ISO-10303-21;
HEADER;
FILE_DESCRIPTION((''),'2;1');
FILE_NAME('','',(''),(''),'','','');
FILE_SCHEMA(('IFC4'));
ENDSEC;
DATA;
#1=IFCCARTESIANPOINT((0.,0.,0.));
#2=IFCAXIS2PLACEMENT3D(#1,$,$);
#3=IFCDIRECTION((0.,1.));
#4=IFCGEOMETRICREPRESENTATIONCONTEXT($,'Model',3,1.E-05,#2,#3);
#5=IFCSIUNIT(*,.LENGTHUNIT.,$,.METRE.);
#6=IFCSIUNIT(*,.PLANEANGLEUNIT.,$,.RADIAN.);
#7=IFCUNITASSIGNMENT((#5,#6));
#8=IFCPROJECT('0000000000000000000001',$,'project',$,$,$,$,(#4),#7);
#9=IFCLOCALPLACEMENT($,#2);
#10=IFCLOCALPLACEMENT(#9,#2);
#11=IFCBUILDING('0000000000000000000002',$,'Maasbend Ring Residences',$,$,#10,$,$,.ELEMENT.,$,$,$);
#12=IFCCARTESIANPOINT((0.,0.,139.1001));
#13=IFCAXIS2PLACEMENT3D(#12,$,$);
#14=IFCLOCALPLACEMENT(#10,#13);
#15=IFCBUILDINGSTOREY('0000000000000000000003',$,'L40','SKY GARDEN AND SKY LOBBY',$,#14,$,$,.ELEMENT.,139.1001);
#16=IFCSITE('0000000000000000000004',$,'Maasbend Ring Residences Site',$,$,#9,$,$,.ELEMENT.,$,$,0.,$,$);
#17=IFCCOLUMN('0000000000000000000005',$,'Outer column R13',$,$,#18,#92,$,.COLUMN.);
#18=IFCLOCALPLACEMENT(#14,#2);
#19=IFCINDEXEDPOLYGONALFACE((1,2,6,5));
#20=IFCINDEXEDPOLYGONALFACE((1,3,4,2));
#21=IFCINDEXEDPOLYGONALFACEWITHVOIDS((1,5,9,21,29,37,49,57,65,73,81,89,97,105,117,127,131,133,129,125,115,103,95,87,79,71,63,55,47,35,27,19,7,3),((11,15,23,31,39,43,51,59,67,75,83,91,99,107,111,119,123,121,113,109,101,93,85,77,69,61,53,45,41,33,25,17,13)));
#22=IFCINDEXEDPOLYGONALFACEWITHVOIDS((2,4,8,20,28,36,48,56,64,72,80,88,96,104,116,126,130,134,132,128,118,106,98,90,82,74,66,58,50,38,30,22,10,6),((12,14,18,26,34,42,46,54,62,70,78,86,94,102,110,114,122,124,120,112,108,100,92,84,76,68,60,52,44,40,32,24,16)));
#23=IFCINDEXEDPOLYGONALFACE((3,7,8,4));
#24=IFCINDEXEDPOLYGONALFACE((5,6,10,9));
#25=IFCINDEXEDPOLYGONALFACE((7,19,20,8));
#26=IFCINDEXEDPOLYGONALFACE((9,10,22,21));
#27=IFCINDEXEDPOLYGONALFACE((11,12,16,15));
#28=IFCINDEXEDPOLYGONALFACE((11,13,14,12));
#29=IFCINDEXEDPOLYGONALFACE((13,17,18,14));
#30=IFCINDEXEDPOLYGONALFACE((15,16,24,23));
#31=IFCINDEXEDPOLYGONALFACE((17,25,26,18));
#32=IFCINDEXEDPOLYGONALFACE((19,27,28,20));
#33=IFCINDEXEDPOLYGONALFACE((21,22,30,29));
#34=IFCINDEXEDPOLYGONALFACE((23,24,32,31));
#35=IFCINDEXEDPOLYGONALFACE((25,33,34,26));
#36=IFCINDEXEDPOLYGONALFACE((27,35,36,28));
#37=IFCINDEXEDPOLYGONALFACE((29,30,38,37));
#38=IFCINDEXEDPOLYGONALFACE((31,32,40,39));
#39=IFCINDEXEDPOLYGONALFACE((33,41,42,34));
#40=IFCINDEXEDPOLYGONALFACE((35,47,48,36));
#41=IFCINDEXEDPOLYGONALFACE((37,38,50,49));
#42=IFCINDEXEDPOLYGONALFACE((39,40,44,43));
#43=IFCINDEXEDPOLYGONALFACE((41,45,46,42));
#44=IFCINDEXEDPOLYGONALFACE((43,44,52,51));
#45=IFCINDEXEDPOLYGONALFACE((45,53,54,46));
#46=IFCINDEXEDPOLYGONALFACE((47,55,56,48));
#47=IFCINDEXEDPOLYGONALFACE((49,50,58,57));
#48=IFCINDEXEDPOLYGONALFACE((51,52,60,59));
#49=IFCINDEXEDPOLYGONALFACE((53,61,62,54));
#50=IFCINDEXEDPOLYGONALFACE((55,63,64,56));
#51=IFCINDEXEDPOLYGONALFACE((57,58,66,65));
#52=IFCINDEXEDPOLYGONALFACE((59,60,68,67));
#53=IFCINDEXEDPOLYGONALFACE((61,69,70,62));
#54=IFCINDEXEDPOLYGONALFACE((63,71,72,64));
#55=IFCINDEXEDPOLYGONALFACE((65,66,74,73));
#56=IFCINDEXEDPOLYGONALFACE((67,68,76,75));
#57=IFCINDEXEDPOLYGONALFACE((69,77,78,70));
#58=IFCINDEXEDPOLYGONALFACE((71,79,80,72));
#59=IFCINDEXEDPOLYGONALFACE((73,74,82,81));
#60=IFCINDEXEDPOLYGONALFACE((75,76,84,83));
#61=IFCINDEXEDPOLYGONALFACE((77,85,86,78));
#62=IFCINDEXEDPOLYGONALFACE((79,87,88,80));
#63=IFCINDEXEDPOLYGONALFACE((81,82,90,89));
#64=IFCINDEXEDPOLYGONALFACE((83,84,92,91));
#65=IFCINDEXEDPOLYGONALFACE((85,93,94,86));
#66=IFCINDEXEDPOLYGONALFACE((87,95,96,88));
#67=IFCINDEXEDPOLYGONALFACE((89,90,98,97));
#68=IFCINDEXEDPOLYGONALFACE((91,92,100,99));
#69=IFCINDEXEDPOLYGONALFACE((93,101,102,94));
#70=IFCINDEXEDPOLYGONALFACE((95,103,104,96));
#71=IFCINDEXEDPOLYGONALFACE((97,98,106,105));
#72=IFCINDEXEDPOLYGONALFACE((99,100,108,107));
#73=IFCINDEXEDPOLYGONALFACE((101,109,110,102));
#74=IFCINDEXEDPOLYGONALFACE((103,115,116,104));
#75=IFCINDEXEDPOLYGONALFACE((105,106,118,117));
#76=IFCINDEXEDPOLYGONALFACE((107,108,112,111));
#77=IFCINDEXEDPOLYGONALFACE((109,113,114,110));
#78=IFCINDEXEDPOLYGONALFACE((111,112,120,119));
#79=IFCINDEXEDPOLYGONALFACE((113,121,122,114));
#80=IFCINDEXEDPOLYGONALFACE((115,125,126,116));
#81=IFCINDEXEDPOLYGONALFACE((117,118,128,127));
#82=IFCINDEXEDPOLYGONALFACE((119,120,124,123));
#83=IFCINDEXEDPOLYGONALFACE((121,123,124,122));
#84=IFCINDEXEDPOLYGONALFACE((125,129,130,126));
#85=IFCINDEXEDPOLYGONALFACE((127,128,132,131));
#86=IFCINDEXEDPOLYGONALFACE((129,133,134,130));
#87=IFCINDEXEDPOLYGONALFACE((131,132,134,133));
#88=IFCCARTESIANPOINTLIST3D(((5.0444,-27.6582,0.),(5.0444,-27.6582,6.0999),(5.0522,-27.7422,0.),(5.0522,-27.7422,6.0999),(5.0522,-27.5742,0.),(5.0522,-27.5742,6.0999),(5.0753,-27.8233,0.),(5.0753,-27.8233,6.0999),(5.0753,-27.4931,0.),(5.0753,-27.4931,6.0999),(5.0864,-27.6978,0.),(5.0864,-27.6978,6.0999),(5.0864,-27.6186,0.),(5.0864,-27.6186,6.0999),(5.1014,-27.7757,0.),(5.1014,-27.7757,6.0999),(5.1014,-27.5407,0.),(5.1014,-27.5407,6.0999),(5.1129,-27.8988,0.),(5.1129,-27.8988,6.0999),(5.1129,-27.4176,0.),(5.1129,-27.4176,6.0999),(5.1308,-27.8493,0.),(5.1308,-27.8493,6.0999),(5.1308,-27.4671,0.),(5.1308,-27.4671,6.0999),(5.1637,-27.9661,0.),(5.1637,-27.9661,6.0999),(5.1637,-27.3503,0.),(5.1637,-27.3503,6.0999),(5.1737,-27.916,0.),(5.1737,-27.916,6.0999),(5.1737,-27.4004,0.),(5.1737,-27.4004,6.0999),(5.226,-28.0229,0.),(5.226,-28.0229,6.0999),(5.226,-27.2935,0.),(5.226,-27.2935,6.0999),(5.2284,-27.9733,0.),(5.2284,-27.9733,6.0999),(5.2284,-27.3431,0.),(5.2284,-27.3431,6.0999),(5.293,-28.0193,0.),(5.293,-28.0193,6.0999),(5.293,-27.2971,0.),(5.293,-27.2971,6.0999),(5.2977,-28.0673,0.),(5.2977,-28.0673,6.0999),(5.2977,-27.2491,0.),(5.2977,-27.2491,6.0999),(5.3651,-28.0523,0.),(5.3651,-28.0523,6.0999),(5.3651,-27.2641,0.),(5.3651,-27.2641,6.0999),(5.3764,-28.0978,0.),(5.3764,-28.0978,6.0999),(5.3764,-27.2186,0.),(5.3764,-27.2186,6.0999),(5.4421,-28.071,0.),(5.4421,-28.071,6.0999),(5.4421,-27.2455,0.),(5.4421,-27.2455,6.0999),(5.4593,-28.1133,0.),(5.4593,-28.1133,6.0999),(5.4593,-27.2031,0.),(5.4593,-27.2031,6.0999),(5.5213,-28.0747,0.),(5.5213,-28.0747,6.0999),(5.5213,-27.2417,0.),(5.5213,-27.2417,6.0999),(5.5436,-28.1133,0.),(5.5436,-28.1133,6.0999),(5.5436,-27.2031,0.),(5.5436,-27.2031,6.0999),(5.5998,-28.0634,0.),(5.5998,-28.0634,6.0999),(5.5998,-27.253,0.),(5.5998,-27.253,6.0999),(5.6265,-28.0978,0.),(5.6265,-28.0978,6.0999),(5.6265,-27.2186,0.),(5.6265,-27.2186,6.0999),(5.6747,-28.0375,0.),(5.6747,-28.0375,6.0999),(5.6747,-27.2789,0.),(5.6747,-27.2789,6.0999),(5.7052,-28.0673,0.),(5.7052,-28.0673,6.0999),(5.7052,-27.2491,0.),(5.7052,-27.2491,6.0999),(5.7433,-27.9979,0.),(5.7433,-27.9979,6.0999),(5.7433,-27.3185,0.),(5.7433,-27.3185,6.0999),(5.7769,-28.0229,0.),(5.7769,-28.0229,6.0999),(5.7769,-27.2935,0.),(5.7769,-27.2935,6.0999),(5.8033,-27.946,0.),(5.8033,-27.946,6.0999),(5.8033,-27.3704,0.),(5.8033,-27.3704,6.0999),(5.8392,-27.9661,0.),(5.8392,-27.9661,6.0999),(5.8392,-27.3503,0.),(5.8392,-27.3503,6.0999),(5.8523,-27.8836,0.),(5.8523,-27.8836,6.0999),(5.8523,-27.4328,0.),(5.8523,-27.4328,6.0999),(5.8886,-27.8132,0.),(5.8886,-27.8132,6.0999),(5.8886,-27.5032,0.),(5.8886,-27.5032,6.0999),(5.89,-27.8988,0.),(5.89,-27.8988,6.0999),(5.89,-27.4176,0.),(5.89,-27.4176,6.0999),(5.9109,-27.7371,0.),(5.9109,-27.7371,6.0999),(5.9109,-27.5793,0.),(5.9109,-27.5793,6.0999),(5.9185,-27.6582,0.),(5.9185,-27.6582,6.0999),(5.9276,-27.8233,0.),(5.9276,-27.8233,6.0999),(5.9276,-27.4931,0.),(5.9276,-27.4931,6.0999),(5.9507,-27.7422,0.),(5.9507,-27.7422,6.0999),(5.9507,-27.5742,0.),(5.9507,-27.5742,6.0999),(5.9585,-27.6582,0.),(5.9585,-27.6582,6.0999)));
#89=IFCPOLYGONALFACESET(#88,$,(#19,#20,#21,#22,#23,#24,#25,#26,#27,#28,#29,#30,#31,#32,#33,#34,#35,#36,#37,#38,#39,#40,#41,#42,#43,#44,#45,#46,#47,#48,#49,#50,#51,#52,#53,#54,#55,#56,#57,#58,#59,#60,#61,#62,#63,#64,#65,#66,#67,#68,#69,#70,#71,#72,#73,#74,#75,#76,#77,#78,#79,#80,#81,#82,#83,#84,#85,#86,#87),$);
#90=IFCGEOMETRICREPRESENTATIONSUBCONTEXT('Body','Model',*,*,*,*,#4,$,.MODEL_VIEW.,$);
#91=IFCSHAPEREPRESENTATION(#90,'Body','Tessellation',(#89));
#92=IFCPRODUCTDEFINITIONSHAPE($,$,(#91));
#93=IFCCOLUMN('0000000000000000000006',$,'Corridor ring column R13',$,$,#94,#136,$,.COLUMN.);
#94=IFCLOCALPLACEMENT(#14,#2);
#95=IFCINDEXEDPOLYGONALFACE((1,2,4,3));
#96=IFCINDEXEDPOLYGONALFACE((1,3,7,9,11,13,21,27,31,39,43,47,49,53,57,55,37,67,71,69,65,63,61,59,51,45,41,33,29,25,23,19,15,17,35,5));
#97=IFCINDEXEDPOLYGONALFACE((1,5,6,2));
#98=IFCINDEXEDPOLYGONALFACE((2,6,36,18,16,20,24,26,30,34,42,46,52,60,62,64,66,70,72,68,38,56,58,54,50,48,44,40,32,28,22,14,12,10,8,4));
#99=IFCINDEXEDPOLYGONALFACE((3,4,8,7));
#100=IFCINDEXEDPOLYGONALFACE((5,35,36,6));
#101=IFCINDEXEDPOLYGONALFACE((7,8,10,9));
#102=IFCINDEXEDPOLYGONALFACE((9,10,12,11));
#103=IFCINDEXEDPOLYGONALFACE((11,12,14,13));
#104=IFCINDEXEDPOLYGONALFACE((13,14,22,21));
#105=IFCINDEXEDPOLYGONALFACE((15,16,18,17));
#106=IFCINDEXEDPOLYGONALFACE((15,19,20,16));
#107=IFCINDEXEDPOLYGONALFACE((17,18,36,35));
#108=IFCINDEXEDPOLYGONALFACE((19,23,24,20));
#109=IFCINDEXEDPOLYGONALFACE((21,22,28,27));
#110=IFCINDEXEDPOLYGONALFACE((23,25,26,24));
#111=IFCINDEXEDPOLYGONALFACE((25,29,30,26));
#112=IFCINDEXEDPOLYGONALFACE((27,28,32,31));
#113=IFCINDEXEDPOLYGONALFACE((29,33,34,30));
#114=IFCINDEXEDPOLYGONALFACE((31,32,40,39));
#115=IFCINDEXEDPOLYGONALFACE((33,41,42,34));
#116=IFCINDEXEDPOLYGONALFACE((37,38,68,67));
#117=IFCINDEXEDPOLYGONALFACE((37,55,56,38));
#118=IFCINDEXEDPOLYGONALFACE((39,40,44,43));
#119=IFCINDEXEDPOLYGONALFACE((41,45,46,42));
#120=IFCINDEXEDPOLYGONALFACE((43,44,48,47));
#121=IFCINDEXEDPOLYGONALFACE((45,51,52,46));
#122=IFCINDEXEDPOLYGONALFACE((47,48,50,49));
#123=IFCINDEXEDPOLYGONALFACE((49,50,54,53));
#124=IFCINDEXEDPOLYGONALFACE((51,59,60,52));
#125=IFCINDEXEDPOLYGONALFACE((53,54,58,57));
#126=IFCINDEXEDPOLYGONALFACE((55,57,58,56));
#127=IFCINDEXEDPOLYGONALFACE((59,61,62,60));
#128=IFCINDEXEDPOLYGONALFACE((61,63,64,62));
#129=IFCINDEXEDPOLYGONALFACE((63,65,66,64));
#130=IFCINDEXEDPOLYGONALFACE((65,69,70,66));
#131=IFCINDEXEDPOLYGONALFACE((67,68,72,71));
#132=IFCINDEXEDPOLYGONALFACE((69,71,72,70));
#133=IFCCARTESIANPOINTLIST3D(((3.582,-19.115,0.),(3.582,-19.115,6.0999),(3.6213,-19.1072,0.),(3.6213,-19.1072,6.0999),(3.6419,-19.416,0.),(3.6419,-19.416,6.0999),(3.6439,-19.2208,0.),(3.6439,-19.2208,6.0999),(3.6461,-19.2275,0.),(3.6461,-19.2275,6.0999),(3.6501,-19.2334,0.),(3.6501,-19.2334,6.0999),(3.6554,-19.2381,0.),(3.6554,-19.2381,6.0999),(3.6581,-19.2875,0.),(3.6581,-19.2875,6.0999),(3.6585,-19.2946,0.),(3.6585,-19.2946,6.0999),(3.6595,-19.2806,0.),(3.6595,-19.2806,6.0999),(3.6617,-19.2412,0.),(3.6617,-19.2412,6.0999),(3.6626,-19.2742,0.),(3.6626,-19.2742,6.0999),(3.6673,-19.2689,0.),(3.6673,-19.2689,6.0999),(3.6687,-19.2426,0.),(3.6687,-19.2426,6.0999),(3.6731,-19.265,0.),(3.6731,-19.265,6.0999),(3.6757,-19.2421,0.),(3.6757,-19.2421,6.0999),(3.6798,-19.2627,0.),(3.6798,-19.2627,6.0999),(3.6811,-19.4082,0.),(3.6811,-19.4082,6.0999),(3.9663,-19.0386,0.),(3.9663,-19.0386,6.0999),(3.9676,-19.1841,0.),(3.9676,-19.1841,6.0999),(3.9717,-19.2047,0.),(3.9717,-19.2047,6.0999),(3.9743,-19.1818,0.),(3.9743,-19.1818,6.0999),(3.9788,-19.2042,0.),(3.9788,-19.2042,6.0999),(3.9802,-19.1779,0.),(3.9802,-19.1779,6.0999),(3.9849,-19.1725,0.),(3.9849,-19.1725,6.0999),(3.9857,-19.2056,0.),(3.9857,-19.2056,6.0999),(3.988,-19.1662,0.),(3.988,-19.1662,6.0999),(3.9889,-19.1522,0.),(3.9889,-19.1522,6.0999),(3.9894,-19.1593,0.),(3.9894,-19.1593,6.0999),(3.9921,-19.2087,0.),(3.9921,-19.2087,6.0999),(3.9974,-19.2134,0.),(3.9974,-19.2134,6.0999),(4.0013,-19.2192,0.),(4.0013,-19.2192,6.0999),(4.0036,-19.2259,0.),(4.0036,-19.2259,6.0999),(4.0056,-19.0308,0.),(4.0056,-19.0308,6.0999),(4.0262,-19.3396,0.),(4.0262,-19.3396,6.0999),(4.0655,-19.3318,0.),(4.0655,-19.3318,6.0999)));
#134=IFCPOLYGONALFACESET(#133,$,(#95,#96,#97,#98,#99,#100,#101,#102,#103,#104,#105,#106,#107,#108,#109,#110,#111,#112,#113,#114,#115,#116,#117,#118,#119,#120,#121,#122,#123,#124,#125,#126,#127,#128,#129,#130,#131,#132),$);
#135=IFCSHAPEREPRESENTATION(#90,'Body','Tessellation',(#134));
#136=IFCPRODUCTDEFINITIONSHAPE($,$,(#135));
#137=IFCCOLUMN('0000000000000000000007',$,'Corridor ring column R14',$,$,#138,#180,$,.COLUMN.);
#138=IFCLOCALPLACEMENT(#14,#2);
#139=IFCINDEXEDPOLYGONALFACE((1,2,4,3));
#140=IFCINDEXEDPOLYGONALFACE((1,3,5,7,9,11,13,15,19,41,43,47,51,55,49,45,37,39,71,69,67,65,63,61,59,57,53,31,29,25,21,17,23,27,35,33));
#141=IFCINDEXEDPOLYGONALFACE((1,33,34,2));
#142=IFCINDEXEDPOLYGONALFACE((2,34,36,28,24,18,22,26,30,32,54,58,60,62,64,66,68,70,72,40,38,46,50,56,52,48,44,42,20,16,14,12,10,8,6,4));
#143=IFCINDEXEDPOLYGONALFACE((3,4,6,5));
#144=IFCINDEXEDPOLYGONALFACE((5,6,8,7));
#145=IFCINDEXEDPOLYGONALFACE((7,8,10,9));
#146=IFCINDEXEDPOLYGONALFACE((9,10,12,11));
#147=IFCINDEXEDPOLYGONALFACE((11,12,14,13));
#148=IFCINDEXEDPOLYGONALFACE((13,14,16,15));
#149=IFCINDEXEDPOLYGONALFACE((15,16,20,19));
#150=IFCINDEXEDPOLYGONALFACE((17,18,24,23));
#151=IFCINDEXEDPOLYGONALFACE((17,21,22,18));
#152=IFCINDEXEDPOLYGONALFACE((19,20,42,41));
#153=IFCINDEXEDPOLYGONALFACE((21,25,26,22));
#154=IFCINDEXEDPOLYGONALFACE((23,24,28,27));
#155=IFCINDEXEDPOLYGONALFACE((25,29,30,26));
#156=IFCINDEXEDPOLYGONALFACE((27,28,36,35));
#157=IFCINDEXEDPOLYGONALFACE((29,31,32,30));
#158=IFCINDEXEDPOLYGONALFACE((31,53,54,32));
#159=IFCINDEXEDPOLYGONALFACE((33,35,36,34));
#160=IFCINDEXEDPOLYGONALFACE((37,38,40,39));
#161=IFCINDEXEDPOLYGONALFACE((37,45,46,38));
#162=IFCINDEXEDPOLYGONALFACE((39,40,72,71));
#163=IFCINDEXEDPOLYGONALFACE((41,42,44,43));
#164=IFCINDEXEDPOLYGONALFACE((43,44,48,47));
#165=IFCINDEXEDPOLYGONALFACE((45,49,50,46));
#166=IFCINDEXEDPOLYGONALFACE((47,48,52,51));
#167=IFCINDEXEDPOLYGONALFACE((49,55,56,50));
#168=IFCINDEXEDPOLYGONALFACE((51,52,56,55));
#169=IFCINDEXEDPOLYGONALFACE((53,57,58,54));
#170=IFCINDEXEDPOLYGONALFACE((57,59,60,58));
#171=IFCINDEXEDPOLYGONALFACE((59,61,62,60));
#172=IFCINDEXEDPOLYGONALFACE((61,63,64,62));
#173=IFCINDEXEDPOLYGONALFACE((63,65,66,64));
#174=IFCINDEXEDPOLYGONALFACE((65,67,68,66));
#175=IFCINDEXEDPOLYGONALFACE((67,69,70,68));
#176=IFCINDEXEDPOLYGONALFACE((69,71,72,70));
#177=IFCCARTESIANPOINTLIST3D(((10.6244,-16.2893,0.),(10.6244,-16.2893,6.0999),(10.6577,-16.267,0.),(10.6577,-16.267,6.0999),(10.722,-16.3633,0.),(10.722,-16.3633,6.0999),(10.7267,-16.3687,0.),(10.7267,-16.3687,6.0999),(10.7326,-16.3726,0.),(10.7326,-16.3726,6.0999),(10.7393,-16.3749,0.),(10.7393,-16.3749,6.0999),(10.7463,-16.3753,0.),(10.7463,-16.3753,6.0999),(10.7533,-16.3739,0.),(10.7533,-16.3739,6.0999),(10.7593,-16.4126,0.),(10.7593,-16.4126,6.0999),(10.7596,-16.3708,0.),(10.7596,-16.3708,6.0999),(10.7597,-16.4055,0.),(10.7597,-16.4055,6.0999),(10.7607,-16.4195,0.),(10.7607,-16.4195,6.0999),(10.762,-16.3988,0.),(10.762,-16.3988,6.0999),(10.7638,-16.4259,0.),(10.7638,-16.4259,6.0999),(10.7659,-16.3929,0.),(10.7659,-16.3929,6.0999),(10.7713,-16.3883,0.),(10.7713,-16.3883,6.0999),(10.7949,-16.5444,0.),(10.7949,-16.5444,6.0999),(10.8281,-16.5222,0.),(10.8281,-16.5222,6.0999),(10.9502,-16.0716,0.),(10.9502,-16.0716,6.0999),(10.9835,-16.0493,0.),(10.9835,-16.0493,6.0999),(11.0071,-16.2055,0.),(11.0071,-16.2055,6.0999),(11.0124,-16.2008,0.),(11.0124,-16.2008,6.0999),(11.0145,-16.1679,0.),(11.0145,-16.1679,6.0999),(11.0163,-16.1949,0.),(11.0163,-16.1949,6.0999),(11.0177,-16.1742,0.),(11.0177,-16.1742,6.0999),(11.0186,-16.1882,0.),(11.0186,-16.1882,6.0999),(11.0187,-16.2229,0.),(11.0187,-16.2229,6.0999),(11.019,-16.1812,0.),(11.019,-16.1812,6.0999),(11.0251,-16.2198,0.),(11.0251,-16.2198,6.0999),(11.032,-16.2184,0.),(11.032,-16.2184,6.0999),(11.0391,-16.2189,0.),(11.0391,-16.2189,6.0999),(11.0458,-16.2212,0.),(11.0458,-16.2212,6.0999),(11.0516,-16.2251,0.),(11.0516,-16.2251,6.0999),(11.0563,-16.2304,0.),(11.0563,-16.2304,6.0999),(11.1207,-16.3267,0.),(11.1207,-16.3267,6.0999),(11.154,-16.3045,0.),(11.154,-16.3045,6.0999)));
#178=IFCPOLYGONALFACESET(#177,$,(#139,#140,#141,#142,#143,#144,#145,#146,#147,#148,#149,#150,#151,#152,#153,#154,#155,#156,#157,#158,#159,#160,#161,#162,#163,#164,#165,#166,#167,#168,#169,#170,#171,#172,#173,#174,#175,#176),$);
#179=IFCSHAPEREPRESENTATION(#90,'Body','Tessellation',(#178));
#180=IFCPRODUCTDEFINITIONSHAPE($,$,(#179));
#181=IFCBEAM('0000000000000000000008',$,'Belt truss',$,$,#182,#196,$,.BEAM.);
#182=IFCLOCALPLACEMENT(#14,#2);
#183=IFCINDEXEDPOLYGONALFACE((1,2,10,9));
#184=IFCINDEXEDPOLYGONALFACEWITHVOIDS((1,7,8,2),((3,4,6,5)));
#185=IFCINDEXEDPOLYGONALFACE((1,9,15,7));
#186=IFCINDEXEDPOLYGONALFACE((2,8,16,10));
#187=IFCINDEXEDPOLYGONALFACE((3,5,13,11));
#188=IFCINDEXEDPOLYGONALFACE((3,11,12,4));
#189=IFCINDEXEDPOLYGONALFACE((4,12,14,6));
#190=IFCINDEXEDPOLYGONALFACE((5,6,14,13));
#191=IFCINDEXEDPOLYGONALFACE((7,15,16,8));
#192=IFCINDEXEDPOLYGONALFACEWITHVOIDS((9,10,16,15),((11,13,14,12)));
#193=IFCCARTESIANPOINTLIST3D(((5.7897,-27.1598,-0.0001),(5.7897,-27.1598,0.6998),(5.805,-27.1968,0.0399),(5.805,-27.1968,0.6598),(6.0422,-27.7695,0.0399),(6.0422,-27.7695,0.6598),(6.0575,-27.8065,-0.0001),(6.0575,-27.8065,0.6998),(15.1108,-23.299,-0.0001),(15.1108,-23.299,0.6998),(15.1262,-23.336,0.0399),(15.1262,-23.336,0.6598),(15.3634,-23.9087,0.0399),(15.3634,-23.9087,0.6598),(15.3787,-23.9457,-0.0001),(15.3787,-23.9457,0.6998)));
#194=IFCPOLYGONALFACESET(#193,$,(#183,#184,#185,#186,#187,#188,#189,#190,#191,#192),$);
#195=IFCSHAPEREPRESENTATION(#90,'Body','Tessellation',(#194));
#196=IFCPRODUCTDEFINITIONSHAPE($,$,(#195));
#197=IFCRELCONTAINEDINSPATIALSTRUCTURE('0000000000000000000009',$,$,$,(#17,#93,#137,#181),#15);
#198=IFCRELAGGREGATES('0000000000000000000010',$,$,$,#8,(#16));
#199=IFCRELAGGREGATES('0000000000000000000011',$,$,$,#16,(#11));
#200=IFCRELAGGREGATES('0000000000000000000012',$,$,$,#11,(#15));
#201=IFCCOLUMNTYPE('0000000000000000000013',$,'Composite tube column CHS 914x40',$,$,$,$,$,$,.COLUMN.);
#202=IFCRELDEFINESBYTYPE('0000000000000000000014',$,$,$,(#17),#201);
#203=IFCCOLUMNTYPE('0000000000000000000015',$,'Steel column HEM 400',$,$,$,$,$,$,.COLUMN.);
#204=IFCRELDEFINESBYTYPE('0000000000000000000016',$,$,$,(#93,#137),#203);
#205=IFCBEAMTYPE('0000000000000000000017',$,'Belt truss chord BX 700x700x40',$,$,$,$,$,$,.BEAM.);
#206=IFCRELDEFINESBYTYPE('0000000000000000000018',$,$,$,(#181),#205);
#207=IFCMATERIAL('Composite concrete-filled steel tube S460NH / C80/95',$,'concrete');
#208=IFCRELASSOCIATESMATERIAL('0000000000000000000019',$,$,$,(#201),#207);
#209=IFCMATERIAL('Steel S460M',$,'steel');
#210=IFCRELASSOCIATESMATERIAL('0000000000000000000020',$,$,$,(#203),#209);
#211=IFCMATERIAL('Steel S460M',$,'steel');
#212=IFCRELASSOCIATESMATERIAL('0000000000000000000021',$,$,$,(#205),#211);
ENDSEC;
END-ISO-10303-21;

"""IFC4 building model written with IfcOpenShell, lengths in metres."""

from ifc_helpers import new_model, si_unit, direction, frame, origin, origin_2d, place, context, subcontext, project, spatial, hollow_rectangle, hollow_circle, i_section, extrude, material, material_profile, profile_set, type_object, element, save


model = new_model("IFC4")

# Units and contexts
model_context = context("Model", 3, precision=1e-05, world=origin(), true_north=direction((0.0, 1.0)))
body_context = subcontext(model_context, "Body", "Model", "MODEL_VIEW")
ifc_project = project(units=[si_unit("LENGTHUNIT", "METRE"), si_unit("PLANEANGLEUNIT", "RADIAN")], contexts=[model_context])

# Site, building, storey
site_placement = place(None, origin())
site = spatial("IfcSite", under=ifc_project, at=site_placement, Name="Maasbend Ring Residences Site", CompositionType="ELEMENT", RefElevation=0.0)
building_placement = place(site_placement, origin())
building = spatial("IfcBuilding", under=site, at=building_placement, Name="Maasbend Ring Residences", CompositionType="ELEMENT")
storey_placement = place(building_placement, frame((0.0, 0.0, 139.1001)))
storey = spatial("IfcBuildingStorey", under=building, at=storey_placement, Name="L40", Description="SKY GARDEN AND SKY LOBBY", CompositionType="ELEMENT", Elevation=139.1001)

# Columns
ifc_material_1 = material(Name="Composite concrete-filled steel tube S460NH / C80/95", Category="concrete")
ifc_material_profile_1 = material_profile(ifc_material_1, hollow_circle(Radius=0.457, WallThickness=0.04, at=origin_2d()), Name="Composite tube column CHS 914x40")
ifc_profile_set_1 = profile_set([ifc_material_profile_1], Name="Composite concrete-filled steel tube S460NH / C80/95")
column_type_1 = type_object("IfcColumnType", Name="Composite tube column CHS 914x40", PredefinedType="COLUMN", material=ifc_profile_set_1)
column_placement = place(storey_placement, frame((5.5015, -27.6582, 0.0), z_axis=(0.0, 0.0, 1.0), x_axis=(1.0, 0.0, 0.0)))
element("IfcColumn", 1, at=column_placement, inside=storey, type_object=column_type_1, Name="Outer column R13", PredefinedType="COLUMN", context=body_context, shape_type="SweptSolid", body=[
    extrude(hollow_circle(Radius=0.457, WallThickness=0.04, at=origin_2d()), origin(), (0.0, 0.0, 1.0), 6.0999),
])
ifc_material_2 = material(Name="Steel S460M", Category="steel")
ifc_material_profile_2 = material_profile(ifc_material_2, i_section(OverallWidth=0.3069, OverallDepth=0.4319, WebThickness=0.021, FlangeThickness=0.04, FilletRadius=0.0271, at=origin_2d()), Name="HEM 400")
ifc_profile_set_2 = profile_set([ifc_material_profile_2], Name="Steel S460M")
column_type_2 = type_object("IfcColumnType", Name="Steel column HEM 400", PredefinedType="COLUMN", material=ifc_profile_set_2)
for number, where, z_axis, x_axis, name in (
    (2, (3.8237, -19.2234, 0.0), (0.0, 0.0, 1.0), (0.19509, -0.980785, 0.0), "Corridor ring column R13"),
    (3, (10.8892, -16.2969, 0.0), (0.0, 0.0, 1.0), (0.55557, -0.83147, 0.0), "Corridor ring column R14"),
):
    element("IfcColumn", number, at=place(storey_placement, frame(where, z_axis=z_axis, x_axis=x_axis)), inside=storey, type_object=column_type_2, Name=name, PredefinedType="COLUMN", context=body_context, shape_type="SweptSolid", body=[
        extrude(i_section(OverallWidth=0.3069, OverallDepth=0.4319, WebThickness=0.021, FlangeThickness=0.04, FilletRadius=0.0271, at=origin_2d()), origin(), (0.0, 0.0, 1.0), 6.0999),
    ])

# Beam
ifc_material_3 = material(Name="Steel S460M", Category="steel")
ifc_material_profile_3 = material_profile(ifc_material_3, hollow_rectangle(XDim=0.7, YDim=0.7, WallThickness=0.04, at=origin_2d()), Name="Belt truss chord BX 700x700x40")
ifc_profile_set_3 = profile_set([ifc_material_profile_3], Name="Steel S460M")
beam_type_1 = type_object("IfcBeamType", Name="Belt truss chord BX 700x700x40", PredefinedType="BEAM", material=ifc_profile_set_3)
for number, where, z_axis, x_axis, name in (
    (4, (5.9236, -27.4832, 0.3499), (0.923885, 0.38267, 0.0), (-0.38267, 0.923885, 0.0), "Belt truss"),
):
    element("IfcBeam", number, at=place(storey_placement, frame(where, z_axis=z_axis, x_axis=x_axis)), inside=storey, type_object=beam_type_1, Name=name, PredefinedType="BEAM", context=body_context, shape_type="SweptSolid", body=[
        extrude(hollow_rectangle(XDim=0.7, YDim=0.7, WallThickness=0.04, at=origin_2d()), origin(), (0.0, 0.0, 1.0), 10.0891),
    ])

save(model, "model.ifc")
